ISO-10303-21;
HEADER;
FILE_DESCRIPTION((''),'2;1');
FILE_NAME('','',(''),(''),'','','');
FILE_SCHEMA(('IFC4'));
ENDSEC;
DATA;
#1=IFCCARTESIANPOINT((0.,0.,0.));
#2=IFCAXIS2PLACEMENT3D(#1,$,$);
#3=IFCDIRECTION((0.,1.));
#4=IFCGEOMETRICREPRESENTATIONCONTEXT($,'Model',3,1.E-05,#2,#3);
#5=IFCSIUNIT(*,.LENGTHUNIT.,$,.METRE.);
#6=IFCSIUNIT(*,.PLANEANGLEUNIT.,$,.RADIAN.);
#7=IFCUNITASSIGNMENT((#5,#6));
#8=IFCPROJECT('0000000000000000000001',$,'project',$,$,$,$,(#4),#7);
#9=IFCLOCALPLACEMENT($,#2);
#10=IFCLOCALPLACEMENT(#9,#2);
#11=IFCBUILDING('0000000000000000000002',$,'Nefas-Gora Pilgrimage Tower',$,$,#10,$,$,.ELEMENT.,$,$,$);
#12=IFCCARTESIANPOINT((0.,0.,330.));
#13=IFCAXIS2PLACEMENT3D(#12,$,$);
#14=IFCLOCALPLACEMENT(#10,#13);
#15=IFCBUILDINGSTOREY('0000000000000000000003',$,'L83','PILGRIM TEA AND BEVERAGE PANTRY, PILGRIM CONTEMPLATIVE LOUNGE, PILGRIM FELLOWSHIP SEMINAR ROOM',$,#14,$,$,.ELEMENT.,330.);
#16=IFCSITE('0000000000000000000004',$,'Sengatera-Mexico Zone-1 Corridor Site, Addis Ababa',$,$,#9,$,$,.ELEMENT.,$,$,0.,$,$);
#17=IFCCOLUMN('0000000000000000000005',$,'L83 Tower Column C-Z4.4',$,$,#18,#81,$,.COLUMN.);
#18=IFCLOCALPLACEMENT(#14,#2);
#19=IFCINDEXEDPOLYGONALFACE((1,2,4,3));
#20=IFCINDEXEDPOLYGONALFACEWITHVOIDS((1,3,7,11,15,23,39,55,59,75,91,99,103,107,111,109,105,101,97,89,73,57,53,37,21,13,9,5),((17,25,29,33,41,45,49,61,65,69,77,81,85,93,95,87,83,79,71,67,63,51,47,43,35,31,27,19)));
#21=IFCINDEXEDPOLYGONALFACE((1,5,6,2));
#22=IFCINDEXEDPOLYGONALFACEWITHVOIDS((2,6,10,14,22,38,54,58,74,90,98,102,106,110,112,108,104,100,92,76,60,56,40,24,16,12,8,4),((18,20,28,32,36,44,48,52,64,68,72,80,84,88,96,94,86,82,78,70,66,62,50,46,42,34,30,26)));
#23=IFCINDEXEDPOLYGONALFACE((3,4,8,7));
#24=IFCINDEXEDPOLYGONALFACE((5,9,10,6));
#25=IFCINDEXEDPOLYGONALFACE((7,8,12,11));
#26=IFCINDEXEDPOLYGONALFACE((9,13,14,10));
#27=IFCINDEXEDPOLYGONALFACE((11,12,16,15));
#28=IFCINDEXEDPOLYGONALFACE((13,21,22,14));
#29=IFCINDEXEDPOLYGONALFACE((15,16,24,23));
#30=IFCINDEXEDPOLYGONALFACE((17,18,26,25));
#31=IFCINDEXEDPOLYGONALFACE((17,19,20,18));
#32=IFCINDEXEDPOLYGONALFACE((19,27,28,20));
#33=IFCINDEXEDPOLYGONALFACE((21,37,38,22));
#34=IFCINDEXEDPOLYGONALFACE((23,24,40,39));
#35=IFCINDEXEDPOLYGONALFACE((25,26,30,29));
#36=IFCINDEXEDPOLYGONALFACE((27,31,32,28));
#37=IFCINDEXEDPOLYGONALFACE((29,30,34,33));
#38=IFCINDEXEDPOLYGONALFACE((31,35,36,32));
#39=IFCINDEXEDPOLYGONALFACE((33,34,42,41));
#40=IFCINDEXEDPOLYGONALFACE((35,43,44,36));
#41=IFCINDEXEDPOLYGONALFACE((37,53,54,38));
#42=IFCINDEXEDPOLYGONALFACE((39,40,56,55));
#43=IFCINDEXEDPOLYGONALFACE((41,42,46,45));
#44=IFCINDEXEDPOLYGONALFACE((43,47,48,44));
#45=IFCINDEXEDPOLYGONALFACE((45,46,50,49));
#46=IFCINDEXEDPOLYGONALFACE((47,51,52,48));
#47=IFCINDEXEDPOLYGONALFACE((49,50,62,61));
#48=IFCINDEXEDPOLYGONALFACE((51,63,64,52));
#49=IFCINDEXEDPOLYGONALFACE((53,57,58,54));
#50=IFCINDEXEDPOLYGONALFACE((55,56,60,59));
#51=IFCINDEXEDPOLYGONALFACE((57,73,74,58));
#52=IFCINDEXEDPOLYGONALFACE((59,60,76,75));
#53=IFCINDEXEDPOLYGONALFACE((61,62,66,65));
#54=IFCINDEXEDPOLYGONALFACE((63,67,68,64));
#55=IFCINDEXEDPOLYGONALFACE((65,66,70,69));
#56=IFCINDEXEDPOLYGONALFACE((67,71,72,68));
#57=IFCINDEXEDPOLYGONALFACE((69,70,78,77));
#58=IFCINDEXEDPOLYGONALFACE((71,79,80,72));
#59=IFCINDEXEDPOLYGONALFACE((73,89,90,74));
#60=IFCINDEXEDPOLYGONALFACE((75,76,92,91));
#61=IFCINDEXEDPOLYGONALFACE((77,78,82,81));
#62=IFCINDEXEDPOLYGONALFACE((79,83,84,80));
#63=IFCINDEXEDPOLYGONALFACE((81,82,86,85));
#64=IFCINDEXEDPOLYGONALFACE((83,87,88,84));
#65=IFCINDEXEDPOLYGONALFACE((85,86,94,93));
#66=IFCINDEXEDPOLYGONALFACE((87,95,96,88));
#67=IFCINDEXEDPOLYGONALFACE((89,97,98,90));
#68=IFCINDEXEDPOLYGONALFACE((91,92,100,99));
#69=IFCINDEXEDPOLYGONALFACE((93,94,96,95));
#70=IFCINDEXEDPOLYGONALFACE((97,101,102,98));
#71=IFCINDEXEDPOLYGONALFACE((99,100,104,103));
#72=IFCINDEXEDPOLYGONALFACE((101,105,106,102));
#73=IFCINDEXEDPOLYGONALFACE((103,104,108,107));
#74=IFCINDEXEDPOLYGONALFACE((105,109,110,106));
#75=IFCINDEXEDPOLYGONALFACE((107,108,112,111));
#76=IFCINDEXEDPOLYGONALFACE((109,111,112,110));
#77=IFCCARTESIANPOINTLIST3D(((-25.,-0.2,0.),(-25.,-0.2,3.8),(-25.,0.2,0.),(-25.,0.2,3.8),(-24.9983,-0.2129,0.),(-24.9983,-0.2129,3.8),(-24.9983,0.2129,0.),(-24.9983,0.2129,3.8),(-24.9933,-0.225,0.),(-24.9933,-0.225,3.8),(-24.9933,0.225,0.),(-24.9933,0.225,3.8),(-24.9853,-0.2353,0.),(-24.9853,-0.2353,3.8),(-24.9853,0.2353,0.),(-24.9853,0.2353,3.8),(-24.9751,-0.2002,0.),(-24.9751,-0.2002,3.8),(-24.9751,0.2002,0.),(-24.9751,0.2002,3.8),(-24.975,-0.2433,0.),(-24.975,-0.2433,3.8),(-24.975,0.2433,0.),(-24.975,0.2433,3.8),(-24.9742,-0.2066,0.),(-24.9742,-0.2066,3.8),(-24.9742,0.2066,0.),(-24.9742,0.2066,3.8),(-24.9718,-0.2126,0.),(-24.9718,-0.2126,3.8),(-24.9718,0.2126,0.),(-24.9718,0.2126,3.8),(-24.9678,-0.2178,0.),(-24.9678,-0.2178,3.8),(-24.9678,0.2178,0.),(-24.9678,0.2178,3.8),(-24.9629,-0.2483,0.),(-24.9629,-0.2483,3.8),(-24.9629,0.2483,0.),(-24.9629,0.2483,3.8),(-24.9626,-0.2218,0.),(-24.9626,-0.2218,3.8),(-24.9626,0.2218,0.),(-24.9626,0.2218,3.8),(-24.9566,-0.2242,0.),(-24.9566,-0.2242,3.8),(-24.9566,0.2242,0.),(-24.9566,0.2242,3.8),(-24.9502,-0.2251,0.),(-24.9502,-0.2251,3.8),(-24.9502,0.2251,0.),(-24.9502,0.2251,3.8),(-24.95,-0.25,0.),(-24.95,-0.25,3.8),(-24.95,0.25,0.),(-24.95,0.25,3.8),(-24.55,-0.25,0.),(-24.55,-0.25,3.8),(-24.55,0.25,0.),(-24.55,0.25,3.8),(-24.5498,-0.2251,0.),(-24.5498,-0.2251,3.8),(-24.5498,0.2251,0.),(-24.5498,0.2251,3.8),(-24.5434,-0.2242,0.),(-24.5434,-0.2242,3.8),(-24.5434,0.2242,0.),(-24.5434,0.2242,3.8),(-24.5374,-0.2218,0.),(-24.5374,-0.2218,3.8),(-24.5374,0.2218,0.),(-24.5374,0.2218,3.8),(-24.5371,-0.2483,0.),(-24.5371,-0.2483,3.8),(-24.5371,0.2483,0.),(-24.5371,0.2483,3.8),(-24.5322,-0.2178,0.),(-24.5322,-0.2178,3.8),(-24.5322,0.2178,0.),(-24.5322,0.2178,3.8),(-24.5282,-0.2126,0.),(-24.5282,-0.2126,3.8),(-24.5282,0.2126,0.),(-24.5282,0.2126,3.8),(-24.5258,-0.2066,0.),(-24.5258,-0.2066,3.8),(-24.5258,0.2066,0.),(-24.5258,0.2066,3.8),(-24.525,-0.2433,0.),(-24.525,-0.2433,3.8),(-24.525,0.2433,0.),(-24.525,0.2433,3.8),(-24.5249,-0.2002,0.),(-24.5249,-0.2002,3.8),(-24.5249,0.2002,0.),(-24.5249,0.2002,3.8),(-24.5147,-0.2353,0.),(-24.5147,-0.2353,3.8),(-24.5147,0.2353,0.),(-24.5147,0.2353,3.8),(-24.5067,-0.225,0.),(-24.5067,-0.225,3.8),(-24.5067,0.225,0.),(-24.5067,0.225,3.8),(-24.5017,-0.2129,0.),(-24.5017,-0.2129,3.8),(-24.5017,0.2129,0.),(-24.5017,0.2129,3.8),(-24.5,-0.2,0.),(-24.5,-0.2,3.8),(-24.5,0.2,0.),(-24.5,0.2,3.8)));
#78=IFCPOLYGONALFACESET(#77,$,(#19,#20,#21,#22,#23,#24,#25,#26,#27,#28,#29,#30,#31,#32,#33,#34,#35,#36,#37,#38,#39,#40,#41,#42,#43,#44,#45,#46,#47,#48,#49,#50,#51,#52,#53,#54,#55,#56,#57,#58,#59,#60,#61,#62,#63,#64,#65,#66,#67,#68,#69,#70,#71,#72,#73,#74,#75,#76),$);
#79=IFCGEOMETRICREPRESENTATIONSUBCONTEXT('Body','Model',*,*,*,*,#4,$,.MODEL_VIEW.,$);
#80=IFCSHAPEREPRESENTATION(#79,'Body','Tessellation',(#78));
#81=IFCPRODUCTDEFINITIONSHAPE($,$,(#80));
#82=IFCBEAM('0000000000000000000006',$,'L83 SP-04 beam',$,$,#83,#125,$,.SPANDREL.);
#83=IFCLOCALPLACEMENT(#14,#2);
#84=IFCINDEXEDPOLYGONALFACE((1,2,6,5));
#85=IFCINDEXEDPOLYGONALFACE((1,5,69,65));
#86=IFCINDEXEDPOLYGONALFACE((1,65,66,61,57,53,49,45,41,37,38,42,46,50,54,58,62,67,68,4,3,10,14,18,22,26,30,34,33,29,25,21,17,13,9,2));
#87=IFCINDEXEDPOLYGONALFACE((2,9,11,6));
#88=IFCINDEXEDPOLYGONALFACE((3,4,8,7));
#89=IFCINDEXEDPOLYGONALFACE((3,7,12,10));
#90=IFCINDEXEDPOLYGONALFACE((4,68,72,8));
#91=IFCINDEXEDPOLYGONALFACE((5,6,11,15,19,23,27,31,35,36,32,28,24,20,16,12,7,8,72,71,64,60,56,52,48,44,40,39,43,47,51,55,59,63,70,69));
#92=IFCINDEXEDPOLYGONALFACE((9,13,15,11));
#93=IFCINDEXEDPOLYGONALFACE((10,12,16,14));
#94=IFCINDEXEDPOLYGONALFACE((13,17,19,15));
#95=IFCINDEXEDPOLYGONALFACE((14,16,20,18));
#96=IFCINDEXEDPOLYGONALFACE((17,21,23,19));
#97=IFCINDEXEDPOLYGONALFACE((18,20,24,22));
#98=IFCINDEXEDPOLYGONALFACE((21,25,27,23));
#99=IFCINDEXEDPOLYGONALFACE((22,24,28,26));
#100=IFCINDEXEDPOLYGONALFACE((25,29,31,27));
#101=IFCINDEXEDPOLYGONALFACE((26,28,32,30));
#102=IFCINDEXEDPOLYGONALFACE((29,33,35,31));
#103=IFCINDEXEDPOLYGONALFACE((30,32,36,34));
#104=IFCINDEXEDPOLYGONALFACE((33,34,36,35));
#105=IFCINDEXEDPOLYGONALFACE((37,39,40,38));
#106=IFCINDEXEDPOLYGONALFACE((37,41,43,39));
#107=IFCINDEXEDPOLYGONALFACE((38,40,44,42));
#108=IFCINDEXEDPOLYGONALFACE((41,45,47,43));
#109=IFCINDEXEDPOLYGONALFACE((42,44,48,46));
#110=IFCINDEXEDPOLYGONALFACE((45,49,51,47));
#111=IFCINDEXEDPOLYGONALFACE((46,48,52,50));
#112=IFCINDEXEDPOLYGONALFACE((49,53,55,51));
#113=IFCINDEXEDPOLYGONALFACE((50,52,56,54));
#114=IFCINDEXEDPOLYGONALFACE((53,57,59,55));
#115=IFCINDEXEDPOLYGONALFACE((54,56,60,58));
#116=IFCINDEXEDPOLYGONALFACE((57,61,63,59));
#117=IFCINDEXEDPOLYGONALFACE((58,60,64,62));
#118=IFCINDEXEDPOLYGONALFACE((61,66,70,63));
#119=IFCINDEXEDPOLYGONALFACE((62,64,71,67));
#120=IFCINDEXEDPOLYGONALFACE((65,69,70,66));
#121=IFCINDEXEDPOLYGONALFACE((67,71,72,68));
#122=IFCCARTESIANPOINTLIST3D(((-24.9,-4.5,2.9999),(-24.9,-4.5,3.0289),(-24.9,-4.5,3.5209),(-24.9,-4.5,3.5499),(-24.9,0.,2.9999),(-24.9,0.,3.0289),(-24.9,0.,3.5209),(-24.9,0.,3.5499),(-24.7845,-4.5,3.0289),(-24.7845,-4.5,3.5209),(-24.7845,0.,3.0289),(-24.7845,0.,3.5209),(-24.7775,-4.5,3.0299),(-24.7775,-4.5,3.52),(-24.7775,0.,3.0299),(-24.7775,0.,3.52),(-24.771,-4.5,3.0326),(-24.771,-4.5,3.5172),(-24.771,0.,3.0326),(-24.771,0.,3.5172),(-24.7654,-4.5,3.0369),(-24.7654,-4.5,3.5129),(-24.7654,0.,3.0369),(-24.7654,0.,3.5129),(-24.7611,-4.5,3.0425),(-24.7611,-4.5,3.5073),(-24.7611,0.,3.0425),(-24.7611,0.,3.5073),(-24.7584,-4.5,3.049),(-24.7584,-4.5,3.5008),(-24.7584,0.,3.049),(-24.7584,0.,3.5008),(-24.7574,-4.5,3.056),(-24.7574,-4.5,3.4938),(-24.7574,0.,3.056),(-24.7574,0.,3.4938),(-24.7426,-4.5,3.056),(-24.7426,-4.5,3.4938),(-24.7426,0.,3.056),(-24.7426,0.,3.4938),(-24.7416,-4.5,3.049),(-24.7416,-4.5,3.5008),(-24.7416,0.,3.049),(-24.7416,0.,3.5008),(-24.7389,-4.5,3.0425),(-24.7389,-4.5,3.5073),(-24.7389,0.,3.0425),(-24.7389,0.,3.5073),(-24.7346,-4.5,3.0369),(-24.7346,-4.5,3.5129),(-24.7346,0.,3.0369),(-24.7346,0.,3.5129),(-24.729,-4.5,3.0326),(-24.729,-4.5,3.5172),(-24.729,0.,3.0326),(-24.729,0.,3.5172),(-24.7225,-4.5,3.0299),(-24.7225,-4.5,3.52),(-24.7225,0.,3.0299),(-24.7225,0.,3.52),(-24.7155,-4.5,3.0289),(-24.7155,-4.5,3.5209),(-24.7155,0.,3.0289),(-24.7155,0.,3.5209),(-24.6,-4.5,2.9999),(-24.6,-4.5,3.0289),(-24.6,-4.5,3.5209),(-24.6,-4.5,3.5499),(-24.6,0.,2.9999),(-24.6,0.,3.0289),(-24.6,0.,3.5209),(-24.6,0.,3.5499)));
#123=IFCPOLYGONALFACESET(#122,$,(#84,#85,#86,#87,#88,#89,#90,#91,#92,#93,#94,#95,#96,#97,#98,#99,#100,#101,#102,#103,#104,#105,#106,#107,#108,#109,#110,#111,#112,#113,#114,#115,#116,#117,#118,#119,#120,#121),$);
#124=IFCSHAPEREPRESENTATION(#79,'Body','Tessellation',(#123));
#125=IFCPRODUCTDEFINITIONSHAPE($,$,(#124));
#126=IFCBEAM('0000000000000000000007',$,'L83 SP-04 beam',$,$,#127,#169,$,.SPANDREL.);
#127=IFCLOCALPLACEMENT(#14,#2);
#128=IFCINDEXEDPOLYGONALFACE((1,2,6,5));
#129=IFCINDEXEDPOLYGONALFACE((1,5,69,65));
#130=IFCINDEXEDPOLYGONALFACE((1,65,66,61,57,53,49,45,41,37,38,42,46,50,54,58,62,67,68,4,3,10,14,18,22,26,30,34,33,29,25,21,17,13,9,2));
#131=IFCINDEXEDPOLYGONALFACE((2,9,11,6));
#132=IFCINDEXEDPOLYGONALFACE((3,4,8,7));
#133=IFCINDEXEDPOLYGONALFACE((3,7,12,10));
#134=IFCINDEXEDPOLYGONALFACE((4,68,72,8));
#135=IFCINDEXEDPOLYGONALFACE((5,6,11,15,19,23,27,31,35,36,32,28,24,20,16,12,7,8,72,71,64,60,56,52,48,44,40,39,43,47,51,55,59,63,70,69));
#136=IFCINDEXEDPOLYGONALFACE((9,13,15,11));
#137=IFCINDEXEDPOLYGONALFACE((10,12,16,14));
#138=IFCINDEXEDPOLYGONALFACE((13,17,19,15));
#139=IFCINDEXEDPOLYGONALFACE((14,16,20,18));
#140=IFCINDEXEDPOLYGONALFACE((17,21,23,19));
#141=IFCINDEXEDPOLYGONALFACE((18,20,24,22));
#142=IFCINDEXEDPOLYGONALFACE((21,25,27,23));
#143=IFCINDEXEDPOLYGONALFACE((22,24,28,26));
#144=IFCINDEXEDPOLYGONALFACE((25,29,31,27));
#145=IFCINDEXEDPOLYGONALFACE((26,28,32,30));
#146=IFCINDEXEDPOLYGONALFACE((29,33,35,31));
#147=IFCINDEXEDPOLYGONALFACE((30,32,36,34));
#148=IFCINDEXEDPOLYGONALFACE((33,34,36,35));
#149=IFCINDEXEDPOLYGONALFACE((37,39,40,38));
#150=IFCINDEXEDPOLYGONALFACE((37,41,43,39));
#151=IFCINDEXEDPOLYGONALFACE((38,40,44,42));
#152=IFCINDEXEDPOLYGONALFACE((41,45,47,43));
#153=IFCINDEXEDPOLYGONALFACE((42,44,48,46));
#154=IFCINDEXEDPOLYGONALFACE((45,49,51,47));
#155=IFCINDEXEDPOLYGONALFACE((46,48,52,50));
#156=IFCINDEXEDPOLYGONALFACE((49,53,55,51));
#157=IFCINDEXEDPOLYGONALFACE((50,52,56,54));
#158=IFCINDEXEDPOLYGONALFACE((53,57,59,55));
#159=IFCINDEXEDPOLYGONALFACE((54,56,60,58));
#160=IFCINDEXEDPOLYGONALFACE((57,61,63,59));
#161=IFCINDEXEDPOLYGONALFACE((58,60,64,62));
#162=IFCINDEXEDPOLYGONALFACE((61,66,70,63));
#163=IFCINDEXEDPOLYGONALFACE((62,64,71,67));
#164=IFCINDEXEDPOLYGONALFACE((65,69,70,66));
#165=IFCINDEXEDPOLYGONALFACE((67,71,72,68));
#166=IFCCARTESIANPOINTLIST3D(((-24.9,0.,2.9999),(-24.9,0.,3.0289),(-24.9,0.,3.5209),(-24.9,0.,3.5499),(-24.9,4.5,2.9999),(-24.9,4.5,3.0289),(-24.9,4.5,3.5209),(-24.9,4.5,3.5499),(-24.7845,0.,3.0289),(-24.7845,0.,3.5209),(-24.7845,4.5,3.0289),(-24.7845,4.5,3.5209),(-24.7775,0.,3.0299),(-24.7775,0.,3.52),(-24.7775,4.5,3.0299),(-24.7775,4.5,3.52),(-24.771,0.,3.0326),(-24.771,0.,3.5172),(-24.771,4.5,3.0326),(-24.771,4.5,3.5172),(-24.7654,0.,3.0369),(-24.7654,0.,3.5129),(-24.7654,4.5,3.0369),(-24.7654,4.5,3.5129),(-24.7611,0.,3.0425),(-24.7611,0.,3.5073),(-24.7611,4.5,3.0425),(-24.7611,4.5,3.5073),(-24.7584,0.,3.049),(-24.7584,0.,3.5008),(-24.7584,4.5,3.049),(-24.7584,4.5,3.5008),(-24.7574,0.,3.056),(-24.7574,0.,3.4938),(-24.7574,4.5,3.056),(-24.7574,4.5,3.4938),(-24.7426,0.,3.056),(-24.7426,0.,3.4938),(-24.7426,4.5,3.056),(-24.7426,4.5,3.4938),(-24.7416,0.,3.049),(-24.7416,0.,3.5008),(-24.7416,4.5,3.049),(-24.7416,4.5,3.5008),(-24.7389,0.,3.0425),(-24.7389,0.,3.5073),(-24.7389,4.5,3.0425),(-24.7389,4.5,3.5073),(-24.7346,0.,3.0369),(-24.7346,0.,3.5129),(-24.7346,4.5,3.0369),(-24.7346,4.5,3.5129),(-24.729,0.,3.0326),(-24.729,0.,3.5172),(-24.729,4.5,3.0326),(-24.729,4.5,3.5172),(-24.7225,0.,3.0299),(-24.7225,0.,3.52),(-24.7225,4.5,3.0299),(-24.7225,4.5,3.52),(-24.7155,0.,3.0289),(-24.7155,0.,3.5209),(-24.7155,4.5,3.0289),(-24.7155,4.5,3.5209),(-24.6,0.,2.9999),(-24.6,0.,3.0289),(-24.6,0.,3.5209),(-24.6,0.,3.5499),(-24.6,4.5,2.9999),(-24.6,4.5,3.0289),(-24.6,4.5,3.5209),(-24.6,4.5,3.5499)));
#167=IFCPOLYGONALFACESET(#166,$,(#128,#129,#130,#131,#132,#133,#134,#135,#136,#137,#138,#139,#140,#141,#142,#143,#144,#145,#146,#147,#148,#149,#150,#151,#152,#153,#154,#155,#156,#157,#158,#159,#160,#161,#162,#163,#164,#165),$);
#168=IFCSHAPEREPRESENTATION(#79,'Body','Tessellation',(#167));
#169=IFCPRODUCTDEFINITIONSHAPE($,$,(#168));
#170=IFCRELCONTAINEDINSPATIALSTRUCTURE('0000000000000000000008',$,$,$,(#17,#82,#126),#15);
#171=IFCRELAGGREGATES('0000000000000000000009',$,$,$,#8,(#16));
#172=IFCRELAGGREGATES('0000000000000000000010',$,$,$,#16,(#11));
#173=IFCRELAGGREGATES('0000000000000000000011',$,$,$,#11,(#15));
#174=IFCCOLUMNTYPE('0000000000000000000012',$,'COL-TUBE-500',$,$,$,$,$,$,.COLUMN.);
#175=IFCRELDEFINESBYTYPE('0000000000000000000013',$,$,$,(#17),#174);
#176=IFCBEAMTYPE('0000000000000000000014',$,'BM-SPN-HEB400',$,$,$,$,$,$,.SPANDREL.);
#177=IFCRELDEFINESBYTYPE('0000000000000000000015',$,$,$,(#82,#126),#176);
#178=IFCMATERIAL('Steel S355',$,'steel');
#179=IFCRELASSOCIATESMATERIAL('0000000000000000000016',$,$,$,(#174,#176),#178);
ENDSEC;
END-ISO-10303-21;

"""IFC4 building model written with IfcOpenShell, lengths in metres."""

from ifc_helpers import new_model, si_unit, direction, frame, origin, origin_2d, place, context, subcontext, project, spatial, hollow_rectangle, i_section, extrude, source, transform, mapped, material, material_profile, profile_set, type_object, element, save


model = new_model("IFC4")

# Units and contexts
model_context = context("Model", 3, precision=1e-05, world=origin(), true_north=direction((0.0, 1.0)))
body_context = subcontext(model_context, "Body", "Model", "MODEL_VIEW")
ifc_project = project(units=[si_unit("LENGTHUNIT", "METRE"), si_unit("PLANEANGLEUNIT", "RADIAN")], contexts=[model_context])

# Site, building, storey
site_placement = place(None, origin())
site = spatial("IfcSite", under=ifc_project, at=site_placement, Name="Sengatera-Mexico Zone-1 Corridor Site, Addis Ababa", CompositionType="ELEMENT", RefElevation=0.0)
building_placement = place(site_placement, origin())
building = spatial("IfcBuilding", under=site, at=building_placement, Name="Nefas-Gora Pilgrimage Tower", CompositionType="ELEMENT")
storey_placement = place(building_placement, frame((0.0, 0.0, 330.0)))
storey = spatial("IfcBuildingStorey", under=building, at=storey_placement, Name="L83", Description="PILGRIM TEA AND BEVERAGE PANTRY, PILGRIM CONTEMPLATIVE LOUNGE, PILGRIM FELLOWSHIP SEMINAR ROOM", CompositionType="ELEMENT", Elevation=330.0)

# Column
ifc_material_1 = material(Name="Steel S355", Category="steel")
ifc_material_profile_1 = material_profile(ifc_material_1, hollow_rectangle(XDim=0.5, YDim=0.5, WallThickness=0.0249, InnerFilletRadius=0.0249, OuterFilletRadius=0.05, at=origin_2d()), Name="SHS 500x500x25")
ifc_profile_set_1 = profile_set([ifc_material_profile_1], Name="Steel S355")
column_type_1 = type_object("IfcColumnType", Name="COL-TUBE-500", PredefinedType="COLUMN", material=ifc_profile_set_1)
shared_shape_1 = source(origin(), body_context, "Body", "SweptSolid", [
    extrude(hollow_rectangle(XDim=0.5, YDim=0.5, WallThickness=0.0249, InnerFilletRadius=0.0249, OuterFilletRadius=0.05, at=origin_2d()), origin(), (0.0, 0.0, 1.0), 3.8),
])
for number, where, z_axis, x_axis, name in (
    (1, (-24.75, 0.0, 0.0), (0.0, 0.0, 1.0), (1.0, 0.0, 0.0), "L83 Tower Column C-Z4.4"),
):
    element("IfcColumn", number, at=place(storey_placement, frame(where, z_axis=z_axis, x_axis=x_axis)), inside=storey, type_object=column_type_1, Name=name, PredefinedType="COLUMN", context=body_context, shape_type="MappedRepresentation", body=[
        mapped(shared_shape_1, transform((0.0, 0.0, 0.0), x_axis=(1.0, 0.0, 0.0), y_axis=(0.0, 1.0, 0.0), z_axis=(0.0, 0.0, 1.0), scale=1.0)),
    ])

# Beams
ifc_material_profile_2 = material_profile(ifc_material_1, i_section(OverallWidth=0.3, OverallDepth=0.55, WebThickness=0.0149, FlangeThickness=0.0291, FilletRadius=0.0271, at=origin_2d()), Name="HEB 550")
ifc_profile_set_2 = profile_set([ifc_material_profile_2], Name="Steel S355")
beam_type_1 = type_object("IfcBeamType", Name="BM-SPN-HEB400", PredefinedType="SPANDREL", material=ifc_profile_set_2)
shared_shape_2 = source(origin(), body_context, "Body", "SweptSolid", [
    extrude(i_section(OverallWidth=0.3, OverallDepth=0.55, WebThickness=0.0149, FlangeThickness=0.0291, FilletRadius=0.0271, at=origin_2d()), origin(), (0.0, 0.0, 1.0), 4.5),
])
for number, where, z_axis, x_axis, name in (
    (2, (-24.75, -4.5, 3.2749), (0.0, 1.0, 0.0), (-1.0, 0.0, 0.0), "L83 SP-04 beam"),
    (3, (-24.75, 0.0, 3.2749), (0.0, 1.0, 0.0), (-1.0, 0.0, 0.0), "L83 SP-04 beam"),
):
    element("IfcBeam", number, at=place(storey_placement, frame(where, z_axis=z_axis, x_axis=x_axis)), inside=storey, type_object=beam_type_1, Name=name, PredefinedType="SPANDREL", context=body_context, shape_type="MappedRepresentation", body=[
        mapped(shared_shape_2, transform((0.0, 0.0, 0.0), x_axis=(1.0, 0.0, 0.0), y_axis=(0.0, 1.0, 0.0), z_axis=(0.0, 0.0, 1.0), scale=1.0)),
    ])

save(model, "model.ifc")
